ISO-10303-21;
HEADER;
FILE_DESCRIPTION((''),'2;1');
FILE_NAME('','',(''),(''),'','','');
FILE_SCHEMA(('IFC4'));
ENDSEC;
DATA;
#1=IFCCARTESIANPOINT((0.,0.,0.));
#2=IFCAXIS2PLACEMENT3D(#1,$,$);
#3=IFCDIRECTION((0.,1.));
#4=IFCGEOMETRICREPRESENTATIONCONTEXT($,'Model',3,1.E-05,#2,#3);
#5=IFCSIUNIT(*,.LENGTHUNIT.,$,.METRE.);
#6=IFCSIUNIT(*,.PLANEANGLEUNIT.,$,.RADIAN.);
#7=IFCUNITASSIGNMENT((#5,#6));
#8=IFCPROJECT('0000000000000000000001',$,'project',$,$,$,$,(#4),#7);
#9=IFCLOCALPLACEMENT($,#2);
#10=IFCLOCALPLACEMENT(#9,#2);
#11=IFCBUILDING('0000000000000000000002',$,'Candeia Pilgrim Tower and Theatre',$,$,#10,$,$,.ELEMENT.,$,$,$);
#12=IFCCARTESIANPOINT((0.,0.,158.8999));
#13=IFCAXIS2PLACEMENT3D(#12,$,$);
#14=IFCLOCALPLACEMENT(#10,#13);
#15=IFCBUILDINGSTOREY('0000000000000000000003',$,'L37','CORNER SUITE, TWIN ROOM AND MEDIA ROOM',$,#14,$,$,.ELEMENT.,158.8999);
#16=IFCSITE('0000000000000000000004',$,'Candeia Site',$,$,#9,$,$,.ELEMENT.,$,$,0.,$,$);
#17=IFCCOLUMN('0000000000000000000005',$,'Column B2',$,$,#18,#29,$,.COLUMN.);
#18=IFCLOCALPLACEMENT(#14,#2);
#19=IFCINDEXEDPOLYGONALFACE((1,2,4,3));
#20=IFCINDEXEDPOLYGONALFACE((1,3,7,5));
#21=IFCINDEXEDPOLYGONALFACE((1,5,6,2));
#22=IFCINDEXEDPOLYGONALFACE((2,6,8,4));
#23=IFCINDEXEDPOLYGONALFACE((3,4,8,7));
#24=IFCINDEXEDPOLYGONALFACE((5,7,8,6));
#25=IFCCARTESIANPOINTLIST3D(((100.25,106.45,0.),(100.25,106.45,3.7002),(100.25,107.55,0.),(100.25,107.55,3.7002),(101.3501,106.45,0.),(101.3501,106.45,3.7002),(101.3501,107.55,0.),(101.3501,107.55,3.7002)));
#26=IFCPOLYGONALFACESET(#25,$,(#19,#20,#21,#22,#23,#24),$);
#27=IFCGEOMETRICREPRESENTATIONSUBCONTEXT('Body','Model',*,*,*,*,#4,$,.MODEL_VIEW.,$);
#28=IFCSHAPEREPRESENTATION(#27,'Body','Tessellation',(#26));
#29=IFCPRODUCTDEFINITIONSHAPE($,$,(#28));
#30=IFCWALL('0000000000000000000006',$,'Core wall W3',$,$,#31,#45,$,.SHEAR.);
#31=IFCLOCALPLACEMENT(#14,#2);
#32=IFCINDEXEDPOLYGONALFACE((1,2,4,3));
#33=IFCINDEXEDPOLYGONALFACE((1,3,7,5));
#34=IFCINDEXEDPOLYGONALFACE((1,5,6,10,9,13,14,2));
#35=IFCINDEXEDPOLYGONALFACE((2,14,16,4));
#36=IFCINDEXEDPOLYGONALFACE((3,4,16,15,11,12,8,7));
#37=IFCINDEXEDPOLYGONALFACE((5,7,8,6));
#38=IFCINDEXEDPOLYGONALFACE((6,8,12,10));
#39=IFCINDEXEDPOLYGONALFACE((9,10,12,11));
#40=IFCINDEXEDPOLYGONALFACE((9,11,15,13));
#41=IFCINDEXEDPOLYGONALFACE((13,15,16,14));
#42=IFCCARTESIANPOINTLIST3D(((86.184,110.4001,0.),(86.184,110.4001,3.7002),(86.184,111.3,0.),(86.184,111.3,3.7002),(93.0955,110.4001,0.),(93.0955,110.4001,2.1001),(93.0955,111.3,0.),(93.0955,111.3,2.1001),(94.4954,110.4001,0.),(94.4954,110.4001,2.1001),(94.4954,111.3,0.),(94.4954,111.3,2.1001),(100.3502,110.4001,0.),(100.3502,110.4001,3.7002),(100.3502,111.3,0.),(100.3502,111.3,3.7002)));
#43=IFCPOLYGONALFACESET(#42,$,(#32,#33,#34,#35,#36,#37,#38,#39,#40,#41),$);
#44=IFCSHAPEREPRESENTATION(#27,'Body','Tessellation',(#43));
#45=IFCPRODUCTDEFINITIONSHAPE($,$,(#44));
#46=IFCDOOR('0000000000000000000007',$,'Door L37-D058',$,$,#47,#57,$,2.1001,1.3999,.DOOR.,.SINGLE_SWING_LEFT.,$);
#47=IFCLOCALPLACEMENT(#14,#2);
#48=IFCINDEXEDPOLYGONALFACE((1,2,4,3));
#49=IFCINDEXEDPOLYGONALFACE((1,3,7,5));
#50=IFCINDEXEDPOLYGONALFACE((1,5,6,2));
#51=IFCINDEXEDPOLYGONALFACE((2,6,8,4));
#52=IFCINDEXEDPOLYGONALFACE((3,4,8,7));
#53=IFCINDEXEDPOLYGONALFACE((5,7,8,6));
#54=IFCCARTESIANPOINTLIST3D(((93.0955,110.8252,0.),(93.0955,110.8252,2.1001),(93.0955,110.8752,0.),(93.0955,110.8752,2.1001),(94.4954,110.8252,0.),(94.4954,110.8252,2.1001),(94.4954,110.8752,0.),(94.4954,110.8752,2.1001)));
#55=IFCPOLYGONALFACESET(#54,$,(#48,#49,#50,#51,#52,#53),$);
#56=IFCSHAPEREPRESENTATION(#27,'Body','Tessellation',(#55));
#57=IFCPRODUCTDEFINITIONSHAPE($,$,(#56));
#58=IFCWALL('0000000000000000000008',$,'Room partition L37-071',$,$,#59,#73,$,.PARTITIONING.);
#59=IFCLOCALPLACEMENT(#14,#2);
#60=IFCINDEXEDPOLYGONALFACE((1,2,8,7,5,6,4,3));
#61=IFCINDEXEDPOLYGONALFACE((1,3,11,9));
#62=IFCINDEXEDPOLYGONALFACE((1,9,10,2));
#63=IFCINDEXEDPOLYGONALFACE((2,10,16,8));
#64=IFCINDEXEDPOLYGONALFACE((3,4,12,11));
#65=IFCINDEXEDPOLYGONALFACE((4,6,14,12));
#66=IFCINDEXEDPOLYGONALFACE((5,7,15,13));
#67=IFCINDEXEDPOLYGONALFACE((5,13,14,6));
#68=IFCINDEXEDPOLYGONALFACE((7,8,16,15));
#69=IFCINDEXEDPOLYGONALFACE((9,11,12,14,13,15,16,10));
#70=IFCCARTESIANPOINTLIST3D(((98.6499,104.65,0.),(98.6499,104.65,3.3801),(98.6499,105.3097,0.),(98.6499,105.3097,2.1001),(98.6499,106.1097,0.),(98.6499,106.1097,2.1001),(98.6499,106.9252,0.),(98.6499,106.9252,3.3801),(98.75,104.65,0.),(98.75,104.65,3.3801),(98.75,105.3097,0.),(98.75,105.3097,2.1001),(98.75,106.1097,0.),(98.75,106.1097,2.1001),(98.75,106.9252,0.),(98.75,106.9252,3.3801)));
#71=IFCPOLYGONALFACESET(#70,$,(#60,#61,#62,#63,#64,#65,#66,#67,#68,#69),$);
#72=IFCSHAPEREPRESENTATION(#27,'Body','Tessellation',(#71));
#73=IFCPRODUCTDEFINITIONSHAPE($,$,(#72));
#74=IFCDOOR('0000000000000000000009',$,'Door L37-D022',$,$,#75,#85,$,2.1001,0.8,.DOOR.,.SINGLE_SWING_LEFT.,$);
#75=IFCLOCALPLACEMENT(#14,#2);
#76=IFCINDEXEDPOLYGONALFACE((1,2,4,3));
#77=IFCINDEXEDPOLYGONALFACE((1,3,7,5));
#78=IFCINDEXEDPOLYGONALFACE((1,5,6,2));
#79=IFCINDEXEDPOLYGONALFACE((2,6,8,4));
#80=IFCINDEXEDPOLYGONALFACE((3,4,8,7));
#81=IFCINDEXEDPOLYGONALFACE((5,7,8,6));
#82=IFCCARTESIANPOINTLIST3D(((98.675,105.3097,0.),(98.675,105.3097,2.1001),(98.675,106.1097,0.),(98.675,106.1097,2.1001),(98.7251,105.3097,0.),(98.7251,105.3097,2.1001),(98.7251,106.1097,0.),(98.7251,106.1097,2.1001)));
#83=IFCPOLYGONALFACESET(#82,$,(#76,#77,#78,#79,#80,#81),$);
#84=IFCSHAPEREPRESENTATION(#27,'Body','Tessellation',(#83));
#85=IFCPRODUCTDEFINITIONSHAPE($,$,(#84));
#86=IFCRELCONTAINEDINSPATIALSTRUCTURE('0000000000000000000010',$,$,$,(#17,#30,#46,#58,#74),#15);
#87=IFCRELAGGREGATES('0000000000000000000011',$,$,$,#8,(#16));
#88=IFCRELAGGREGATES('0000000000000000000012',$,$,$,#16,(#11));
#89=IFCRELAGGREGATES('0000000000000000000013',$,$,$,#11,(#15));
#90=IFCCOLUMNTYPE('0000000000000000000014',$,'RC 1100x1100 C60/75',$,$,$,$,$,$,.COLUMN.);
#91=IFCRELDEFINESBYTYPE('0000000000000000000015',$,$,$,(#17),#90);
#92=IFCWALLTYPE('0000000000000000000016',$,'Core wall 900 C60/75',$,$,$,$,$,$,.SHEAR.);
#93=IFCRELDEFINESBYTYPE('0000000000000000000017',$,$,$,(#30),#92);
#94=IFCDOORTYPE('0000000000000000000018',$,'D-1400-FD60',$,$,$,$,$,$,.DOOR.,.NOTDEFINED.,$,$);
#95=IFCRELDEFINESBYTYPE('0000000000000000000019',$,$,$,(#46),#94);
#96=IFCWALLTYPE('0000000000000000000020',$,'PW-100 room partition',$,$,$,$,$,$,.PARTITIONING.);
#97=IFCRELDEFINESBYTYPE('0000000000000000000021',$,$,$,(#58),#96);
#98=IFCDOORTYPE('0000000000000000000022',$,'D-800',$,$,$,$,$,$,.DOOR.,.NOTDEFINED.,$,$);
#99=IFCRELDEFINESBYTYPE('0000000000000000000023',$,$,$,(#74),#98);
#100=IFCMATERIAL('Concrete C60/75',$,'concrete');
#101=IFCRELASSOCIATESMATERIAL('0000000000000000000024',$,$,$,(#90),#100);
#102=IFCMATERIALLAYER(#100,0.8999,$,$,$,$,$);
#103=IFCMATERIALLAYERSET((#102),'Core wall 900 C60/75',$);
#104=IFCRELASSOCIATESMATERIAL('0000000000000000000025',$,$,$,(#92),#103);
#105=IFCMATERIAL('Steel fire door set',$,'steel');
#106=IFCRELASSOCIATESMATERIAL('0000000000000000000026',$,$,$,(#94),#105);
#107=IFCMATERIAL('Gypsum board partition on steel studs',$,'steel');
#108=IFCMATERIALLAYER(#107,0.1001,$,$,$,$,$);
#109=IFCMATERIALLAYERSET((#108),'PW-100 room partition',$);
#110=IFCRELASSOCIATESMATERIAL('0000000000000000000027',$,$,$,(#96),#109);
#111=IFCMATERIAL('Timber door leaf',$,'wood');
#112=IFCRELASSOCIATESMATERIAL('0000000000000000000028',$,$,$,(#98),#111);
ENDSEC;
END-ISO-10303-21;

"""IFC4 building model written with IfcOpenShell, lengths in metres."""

from ifc_helpers import new_model, si_unit, direction, frame, frame_2d, origin, origin_2d, place, context, subcontext, project, spatial, rectangle, extrude, material, layer, layer_set, material_profile, profile_set, type_object, element, fill, save


model = new_model("IFC4")

# Units and contexts
model_context = context("Model", 3, precision=1e-05, world=origin(), true_north=direction((0.0, 1.0)))
body_context = subcontext(model_context, "Body", "Model", "MODEL_VIEW")
ifc_project = project(units=[si_unit("LENGTHUNIT", "METRE"), si_unit("PLANEANGLEUNIT", "RADIAN")], contexts=[model_context])

# Site, building, storey
site_placement = place(None, origin())
site = spatial("IfcSite", under=ifc_project, at=site_placement, Name="Candeia Site", CompositionType="ELEMENT", RefElevation=0.0)
building_placement = place(site_placement, origin())
building = spatial("IfcBuilding", under=site, at=building_placement, Name="Candeia Pilgrim Tower and Theatre", CompositionType="ELEMENT")
storey_placement = place(building_placement, frame((0.0, 0.0, 158.8999)))
storey = spatial("IfcBuildingStorey", under=building, at=storey_placement, Name="L37", Description="CORNER SUITE, TWIN ROOM AND MEDIA ROOM", CompositionType="ELEMENT", Elevation=158.8999)

# Column
ifc_material_1 = material(Name="Concrete C60/75", Category="concrete")
ifc_material_profile = material_profile(ifc_material_1, rectangle(XDim=1.1001, YDim=1.1001, at=origin_2d()))
ifc_profile_set = profile_set([ifc_material_profile], Name="Concrete C60/75")
column_type = type_object("IfcColumnType", Name="RC 1100x1100 C60/75", PredefinedType="COLUMN", material=ifc_profile_set)
column_placement = place(storey_placement, frame((100.8, 107.0, 0.0), z_axis=(0.0, 0.0, 1.0), x_axis=(1.0, 0.0, 0.0)))
element("IfcColumn", 1, at=column_placement, inside=storey, type_object=column_type, Name="Column B2", PredefinedType="COLUMN", context=body_context, shape_type="SweptSolid", body=[
    extrude(rectangle(XDim=1.1001, YDim=1.1001, at=origin_2d()), origin(), (0.0, 0.0, 1.0), 3.7002),
])

# Walls, openings, doors
ifc_layer_1 = layer(ifc_material_1, 0.8999)
ifc_layer_set_1 = layer_set([ifc_layer_1], Name="Core wall 900 C60/75")
wall_type_1 = type_object("IfcWallType", Name="Core wall 900 C60/75", PredefinedType="SHEAR", material=ifc_layer_set_1)
wall_1_placement = place(storey_placement, frame((100.3501, 110.8501, 0.0), z_axis=(0.0, 0.0, 1.0), x_axis=(-1.0, 0.0, 0.0)))
wall_1 = element("IfcWall", 2, at=wall_1_placement, inside=storey, type_object=wall_type_1, Name="Core wall W3", PredefinedType="SHEAR", context=body_context, shape_type="SweptSolid", body=[
    extrude(rectangle(XDim=14.1663, YDim=0.8999, at=frame_2d((7.083, 0.0))), origin(), (0.0, 0.0, 1.0), 3.7002),
])
opening_1_placement = place(wall_1_placement, frame((5.8547, 0.0, 0.0)))
opening_1 = element("IfcOpeningElement", 3, at=opening_1_placement, cuts=wall_1, PredefinedType="OPENING", context=body_context, shape_type="SweptSolid", body=[
    extrude(rectangle(XDim=1.3999, YDim=2.1001, at=frame_2d((0.7, 1.05))), frame((0.0, 0.46, 0.0), z_axis=(0.0, -1.0, 0.0), x_axis=(1.0, 0.0, 0.0)), (0.0, 0.0, 1.0), 0.9199),
])
ifc_material_2 = material(Name="Steel fire door set", Category="steel")
door_type_1 = type_object("IfcDoorType", Name="D-1400-FD60", OperationType="NOTDEFINED", PredefinedType="DOOR", material=ifc_material_2)
door_1_placement = place(opening_1_placement, origin())
door_1 = element("IfcDoor", 4, at=door_1_placement, inside=storey, type_object=door_type_1, Name="Door L37-D058", OperationType="SINGLE_SWING_LEFT", OverallHeight=2.1001, OverallWidth=1.3999, PredefinedType="DOOR", context=body_context, shape_type="SweptSolid", body=[
    extrude(rectangle(XDim=1.3999, YDim=2.1001, at=frame_2d((0.7, 1.05))), frame((0.0, 0.0249, 0.0), z_axis=(0.0, -1.0, 0.0), x_axis=(1.0, 0.0, 0.0)), (0.0, 0.0, 1.0), 0.05),
])
fill(opening_1, door_1)
ifc_material_3 = material(Name="Gypsum board partition on steel studs", Category="steel")
ifc_layer_2 = layer(ifc_material_3, 0.1001)
ifc_layer_set_2 = layer_set([ifc_layer_2], Name="PW-100 room partition")
wall_type_2 = type_object("IfcWallType", Name="PW-100 room partition", PredefinedType="PARTITIONING", material=ifc_layer_set_2)
wall_2_placement = place(storey_placement, frame((98.7, 104.6499, 0.0), z_axis=(0.0, 0.0, 1.0), x_axis=(0.0, 1.0, 0.0)))
wall_2 = element("IfcWall", 5, at=wall_2_placement, inside=storey, type_object=wall_type_2, Name="Room partition L37-071", PredefinedType="PARTITIONING", context=body_context, shape_type="SweptSolid", body=[
    extrude(rectangle(XDim=2.2751, YDim=0.1001, at=frame_2d((1.1377, 0.0))), origin(), (0.0, 0.0, 1.0), 3.3801),
])
opening_2_placement = place(wall_2_placement, frame((0.6599, 0.0, 0.0)))
opening_2 = element("IfcOpeningElement", 6, at=opening_2_placement, cuts=wall_2, PredefinedType="OPENING", context=body_context, shape_type="SweptSolid", body=[
    extrude(rectangle(XDim=0.8, YDim=2.1001, at=frame_2d((0.3999, 1.05))), frame((0.0, 0.0601, 0.0), z_axis=(0.0, -1.0, 0.0), x_axis=(1.0, 0.0, 0.0)), (0.0, 0.0, 1.0), 0.1201),
])
ifc_material_4 = material(Name="Timber door leaf", Category="wood")
door_type_2 = type_object("IfcDoorType", Name="D-800", OperationType="NOTDEFINED", PredefinedType="DOOR", material=ifc_material_4)
door_2_placement = place(opening_2_placement, origin())
door_2 = element("IfcDoor", 7, at=door_2_placement, inside=storey, type_object=door_type_2, Name="Door L37-D022", OperationType="SINGLE_SWING_LEFT", OverallHeight=2.1001, OverallWidth=0.8, PredefinedType="DOOR", context=body_context, shape_type="SweptSolid", body=[
    extrude(rectangle(XDim=0.8, YDim=2.1001, at=frame_2d((0.3999, 1.05))), frame((0.0, 0.0249, 0.0), z_axis=(0.0, -1.0, 0.0), x_axis=(1.0, 0.0, 0.0)), (0.0, 0.0, 1.0), 0.05),
])
fill(opening_2, door_2)

save(model, "model.ifc")
